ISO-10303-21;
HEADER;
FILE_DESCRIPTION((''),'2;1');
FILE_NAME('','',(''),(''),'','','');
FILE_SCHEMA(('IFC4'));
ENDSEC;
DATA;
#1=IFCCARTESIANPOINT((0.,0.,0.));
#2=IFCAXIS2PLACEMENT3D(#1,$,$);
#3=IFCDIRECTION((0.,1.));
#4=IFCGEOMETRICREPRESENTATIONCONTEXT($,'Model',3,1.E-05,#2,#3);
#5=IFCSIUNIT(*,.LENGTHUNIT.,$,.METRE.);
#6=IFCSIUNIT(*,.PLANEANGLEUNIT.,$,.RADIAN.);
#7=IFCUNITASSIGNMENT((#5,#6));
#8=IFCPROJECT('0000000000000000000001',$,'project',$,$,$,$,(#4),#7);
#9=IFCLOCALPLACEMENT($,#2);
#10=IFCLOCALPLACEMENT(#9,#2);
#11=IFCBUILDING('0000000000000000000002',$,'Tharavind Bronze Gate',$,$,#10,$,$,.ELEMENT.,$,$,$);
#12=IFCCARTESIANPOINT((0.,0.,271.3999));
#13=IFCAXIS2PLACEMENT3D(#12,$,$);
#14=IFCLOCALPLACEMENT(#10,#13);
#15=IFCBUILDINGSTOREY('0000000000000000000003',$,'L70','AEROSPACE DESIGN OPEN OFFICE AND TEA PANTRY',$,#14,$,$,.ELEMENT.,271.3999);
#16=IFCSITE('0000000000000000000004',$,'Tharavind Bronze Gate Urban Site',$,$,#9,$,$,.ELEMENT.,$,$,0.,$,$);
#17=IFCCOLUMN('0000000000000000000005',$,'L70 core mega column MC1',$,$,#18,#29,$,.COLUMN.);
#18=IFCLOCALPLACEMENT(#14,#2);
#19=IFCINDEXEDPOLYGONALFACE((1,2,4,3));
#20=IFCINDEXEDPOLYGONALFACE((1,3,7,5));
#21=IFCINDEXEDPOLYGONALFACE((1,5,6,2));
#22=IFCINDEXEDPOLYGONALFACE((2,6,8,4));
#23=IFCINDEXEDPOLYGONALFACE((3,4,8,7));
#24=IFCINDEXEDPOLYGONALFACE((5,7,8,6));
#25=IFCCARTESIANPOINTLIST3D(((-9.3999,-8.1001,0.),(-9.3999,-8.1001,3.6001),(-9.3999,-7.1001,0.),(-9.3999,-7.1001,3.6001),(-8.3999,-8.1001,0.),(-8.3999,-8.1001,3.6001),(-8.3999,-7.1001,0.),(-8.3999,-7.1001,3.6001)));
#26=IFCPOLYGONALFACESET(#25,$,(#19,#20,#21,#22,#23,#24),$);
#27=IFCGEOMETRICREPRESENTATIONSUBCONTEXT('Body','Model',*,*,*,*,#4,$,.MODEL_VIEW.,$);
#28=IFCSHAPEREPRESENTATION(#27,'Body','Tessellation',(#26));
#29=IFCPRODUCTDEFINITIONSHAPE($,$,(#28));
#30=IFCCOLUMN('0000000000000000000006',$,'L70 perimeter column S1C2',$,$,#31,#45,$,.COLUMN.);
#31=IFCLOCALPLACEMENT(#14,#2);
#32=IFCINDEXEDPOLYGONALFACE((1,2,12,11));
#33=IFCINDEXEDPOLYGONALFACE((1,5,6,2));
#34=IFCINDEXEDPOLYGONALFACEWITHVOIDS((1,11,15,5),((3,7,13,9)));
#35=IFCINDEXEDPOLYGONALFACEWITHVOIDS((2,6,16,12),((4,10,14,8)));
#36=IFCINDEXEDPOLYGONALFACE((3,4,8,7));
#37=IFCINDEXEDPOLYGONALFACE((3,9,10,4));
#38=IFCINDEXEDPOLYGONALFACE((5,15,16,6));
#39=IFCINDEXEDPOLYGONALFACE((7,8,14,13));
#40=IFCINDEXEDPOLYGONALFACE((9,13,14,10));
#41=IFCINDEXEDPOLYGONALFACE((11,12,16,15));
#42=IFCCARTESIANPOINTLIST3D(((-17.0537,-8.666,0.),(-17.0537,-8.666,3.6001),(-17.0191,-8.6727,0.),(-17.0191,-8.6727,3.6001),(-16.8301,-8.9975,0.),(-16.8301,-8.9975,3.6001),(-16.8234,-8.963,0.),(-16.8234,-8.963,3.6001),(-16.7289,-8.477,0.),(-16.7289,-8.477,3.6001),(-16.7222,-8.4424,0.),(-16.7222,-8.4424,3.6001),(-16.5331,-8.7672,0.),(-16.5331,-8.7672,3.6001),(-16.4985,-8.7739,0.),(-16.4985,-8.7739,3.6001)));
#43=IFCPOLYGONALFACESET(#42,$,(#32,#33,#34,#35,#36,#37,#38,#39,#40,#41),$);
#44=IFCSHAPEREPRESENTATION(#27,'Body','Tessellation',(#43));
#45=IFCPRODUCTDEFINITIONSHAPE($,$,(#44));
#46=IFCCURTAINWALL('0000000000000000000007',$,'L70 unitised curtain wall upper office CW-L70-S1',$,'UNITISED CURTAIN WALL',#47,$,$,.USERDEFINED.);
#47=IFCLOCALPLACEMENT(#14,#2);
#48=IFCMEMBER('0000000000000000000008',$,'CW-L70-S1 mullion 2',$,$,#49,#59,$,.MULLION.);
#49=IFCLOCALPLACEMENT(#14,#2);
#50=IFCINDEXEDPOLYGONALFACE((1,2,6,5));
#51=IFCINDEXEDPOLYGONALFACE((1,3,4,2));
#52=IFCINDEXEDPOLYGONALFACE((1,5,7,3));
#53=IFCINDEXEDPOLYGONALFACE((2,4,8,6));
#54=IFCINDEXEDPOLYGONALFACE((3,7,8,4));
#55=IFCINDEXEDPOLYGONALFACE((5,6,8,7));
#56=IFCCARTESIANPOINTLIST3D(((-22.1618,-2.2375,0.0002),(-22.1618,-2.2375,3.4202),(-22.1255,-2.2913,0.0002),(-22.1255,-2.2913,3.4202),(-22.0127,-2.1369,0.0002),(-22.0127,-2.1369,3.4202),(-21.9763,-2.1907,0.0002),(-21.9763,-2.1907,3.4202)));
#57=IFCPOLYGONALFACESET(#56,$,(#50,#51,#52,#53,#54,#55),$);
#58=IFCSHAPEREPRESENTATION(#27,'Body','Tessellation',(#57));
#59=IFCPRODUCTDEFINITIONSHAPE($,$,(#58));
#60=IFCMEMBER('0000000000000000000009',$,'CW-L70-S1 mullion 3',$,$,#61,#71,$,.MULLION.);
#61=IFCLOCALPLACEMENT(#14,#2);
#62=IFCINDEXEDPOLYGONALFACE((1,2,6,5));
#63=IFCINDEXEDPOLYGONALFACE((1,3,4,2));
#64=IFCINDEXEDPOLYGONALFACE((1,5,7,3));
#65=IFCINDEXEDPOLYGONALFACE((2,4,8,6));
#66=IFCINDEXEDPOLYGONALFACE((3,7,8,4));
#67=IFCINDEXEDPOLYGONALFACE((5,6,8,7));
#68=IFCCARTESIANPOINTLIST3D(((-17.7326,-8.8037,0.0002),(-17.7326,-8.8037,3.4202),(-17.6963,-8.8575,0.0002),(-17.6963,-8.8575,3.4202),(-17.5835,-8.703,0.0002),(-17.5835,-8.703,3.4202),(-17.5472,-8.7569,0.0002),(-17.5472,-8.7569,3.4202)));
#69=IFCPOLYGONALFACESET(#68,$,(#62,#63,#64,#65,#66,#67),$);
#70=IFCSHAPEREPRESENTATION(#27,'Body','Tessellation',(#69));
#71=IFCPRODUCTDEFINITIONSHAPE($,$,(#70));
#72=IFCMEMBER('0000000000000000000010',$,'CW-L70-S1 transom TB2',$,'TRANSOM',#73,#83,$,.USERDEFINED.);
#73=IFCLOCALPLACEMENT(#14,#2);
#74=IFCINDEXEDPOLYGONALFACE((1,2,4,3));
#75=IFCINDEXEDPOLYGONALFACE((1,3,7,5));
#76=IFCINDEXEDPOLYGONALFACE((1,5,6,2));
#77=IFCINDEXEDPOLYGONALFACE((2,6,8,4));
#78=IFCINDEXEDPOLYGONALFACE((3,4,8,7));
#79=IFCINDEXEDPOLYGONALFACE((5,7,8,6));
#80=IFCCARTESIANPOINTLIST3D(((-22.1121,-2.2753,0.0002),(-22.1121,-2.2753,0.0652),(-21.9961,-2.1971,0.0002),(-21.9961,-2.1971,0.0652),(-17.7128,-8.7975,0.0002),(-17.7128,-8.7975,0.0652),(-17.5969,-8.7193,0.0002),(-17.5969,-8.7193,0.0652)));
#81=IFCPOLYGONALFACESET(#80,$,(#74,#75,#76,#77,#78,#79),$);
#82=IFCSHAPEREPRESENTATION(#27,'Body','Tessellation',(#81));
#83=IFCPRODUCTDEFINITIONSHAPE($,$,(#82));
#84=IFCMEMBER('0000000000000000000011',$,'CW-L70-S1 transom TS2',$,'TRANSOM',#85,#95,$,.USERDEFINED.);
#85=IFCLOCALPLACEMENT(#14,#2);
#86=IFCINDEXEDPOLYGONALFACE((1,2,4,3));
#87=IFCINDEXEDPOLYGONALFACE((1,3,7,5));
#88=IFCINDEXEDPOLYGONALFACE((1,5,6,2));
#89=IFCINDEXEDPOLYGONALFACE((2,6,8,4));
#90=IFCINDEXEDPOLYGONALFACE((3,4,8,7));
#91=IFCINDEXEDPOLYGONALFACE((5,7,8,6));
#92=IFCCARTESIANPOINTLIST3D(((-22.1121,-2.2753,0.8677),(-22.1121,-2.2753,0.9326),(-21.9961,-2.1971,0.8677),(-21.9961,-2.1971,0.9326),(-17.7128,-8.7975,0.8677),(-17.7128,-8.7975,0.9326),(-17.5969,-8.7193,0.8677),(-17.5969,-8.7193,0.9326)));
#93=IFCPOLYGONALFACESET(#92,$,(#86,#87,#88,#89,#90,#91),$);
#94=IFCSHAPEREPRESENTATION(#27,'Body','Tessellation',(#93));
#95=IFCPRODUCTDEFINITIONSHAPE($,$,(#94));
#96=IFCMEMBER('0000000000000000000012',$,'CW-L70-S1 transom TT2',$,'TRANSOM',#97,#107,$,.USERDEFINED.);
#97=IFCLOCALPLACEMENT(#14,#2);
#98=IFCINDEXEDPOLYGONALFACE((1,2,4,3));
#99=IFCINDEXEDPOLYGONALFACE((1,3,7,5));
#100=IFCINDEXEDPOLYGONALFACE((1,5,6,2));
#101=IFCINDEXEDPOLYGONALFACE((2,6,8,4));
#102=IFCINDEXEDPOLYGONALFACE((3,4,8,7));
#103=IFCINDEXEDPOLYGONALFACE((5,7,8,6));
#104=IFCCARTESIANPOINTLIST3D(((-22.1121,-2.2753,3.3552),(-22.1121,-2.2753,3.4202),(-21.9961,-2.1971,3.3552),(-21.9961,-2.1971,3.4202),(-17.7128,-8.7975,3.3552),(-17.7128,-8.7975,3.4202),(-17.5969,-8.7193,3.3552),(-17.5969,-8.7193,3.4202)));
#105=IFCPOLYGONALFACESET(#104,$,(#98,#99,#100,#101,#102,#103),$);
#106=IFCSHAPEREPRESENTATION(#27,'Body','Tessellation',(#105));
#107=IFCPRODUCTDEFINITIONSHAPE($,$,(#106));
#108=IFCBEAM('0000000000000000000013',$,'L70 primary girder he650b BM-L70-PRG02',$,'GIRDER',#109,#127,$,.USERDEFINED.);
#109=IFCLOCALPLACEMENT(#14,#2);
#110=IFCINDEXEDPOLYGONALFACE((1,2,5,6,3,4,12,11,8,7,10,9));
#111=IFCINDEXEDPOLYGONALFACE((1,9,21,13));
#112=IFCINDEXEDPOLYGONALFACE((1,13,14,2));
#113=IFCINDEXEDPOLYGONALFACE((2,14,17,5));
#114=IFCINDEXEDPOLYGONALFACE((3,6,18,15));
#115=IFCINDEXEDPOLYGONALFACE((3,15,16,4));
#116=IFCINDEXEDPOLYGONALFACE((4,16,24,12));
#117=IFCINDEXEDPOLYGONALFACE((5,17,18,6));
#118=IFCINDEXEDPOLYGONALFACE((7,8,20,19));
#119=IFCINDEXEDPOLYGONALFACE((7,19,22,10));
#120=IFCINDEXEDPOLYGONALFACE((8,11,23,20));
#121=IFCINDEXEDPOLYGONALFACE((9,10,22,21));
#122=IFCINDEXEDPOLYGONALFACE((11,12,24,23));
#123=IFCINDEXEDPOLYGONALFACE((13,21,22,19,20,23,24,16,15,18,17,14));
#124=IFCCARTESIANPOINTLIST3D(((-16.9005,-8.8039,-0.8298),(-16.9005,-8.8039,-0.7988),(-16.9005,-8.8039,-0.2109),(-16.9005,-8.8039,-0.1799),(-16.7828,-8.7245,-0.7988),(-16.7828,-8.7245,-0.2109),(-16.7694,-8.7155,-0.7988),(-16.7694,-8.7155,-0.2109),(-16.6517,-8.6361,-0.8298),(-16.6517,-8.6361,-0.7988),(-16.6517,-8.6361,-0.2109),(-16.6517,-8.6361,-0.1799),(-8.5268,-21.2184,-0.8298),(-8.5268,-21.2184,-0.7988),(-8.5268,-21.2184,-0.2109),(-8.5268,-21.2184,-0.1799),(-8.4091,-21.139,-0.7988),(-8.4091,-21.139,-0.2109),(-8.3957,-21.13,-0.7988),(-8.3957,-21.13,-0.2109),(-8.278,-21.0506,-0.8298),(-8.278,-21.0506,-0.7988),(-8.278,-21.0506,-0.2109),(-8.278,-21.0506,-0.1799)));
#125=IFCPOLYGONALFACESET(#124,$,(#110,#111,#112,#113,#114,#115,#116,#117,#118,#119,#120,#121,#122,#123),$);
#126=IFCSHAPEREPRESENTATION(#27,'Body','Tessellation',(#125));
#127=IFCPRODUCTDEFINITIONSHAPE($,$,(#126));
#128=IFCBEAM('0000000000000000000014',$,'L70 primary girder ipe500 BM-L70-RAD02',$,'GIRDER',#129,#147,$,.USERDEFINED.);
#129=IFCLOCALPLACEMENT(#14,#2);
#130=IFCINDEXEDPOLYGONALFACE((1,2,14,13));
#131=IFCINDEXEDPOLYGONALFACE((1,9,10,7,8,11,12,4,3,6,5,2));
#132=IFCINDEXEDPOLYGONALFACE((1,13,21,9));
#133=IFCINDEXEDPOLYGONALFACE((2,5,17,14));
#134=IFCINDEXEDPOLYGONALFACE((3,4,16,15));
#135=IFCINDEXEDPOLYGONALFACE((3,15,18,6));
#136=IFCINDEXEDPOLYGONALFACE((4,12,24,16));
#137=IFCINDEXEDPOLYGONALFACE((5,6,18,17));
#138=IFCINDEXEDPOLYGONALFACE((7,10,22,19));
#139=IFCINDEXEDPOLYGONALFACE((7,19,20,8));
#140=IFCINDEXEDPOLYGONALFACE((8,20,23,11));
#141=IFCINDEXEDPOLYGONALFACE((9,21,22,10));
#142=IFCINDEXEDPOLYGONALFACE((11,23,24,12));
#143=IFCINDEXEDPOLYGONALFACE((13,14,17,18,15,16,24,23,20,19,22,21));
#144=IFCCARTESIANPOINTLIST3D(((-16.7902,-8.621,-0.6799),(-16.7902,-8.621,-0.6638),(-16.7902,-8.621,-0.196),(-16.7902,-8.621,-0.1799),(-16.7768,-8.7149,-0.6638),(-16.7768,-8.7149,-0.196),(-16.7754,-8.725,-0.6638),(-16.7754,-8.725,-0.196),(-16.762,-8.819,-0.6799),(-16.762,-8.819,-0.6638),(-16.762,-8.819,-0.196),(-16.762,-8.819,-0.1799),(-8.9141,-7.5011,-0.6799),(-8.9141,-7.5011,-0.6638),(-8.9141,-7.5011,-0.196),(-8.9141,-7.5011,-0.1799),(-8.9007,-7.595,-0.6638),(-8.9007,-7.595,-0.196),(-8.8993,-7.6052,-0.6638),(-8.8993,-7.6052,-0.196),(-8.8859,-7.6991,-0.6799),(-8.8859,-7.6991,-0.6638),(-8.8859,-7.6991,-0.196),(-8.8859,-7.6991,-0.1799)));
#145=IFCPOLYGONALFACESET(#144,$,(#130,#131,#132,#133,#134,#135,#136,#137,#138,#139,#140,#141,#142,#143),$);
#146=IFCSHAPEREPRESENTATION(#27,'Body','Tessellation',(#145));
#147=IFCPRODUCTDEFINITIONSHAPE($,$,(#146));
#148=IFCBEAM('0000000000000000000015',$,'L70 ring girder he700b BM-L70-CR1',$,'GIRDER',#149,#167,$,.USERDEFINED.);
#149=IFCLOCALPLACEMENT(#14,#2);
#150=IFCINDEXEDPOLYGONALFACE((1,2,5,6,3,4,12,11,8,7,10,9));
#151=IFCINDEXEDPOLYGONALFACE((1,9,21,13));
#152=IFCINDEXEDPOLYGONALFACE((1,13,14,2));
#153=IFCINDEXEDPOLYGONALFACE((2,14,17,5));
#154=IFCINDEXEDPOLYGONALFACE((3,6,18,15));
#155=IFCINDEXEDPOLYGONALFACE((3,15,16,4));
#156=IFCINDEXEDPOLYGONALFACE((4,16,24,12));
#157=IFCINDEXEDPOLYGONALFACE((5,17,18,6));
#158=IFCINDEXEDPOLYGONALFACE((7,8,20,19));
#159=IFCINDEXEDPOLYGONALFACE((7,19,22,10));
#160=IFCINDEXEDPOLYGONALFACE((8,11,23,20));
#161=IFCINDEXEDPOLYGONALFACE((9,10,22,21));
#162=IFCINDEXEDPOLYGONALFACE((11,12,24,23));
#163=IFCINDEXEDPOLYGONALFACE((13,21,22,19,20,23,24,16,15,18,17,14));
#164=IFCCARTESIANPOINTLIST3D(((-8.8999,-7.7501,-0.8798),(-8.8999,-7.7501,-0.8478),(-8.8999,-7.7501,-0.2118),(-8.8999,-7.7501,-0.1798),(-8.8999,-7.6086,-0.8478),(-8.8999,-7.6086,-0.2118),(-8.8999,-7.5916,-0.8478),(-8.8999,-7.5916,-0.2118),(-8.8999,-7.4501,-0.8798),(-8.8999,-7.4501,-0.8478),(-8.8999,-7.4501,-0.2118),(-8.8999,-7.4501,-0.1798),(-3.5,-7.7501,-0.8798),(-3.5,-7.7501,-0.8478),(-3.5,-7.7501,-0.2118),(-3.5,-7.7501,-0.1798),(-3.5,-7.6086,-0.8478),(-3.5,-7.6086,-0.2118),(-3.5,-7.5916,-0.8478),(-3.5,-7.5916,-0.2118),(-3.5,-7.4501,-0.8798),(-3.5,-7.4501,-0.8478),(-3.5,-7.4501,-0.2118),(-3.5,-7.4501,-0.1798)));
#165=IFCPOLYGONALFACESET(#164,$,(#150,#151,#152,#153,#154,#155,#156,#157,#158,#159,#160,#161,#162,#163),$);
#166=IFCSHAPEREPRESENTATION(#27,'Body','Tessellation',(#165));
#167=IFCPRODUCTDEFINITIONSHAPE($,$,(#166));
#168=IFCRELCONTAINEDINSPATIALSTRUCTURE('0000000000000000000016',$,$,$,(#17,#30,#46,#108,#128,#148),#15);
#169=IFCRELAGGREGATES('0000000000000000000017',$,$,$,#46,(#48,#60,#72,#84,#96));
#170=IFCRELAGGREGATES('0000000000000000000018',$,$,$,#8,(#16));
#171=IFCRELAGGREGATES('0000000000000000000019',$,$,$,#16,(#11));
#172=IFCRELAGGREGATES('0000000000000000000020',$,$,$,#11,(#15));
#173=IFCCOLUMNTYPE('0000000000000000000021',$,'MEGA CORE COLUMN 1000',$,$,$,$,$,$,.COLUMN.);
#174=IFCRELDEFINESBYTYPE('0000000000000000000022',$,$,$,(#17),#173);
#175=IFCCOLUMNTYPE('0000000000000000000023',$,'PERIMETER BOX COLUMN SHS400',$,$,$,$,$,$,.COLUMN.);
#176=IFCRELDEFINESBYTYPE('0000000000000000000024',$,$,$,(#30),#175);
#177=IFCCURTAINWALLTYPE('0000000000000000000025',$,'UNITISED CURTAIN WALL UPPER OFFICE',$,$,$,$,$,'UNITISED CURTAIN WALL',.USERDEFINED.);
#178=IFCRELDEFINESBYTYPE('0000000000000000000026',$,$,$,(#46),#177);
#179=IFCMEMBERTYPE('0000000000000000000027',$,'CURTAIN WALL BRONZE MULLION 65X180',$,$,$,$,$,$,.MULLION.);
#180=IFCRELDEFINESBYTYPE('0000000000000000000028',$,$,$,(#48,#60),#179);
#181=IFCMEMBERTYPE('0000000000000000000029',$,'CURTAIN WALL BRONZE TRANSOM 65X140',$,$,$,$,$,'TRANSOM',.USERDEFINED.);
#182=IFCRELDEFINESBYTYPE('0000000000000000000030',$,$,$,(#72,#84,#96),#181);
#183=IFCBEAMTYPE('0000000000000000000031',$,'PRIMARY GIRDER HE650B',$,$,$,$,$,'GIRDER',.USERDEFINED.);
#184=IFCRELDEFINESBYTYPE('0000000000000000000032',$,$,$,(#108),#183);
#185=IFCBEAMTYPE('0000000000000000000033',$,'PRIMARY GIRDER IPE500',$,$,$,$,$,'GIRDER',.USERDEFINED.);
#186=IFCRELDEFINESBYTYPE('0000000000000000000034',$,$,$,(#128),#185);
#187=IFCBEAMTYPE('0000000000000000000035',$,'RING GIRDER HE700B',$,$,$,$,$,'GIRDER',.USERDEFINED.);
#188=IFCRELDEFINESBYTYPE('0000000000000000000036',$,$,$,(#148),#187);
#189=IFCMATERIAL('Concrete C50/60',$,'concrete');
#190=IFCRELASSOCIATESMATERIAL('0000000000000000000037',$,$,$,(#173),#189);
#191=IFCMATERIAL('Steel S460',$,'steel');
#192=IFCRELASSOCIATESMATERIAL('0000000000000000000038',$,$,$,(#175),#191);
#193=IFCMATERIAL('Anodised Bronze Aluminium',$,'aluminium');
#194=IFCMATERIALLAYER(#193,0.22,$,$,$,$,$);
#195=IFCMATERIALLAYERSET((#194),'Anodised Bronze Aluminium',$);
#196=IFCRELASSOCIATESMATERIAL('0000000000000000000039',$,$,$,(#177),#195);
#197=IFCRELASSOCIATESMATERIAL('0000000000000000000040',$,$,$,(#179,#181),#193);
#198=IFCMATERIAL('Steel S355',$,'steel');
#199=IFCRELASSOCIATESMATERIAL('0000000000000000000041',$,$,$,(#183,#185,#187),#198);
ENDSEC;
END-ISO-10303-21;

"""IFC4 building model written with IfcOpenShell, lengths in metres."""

from ifc_helpers import new_model, si_unit, direction, frame, origin, origin_2d, place, context, subcontext, project, spatial, rectangle, hollow_rectangle, i_section, extrude, material, layer, layer_set, material_profile, profile_set, type_object, element, aggregate, save


model = new_model("IFC4")

# Units and contexts
model_context = context("Model", 3, precision=1e-05, world=origin(), true_north=direction((0.0, 1.0)))
body_context = subcontext(model_context, "Body", "Model", "MODEL_VIEW")
ifc_project = project(units=[si_unit("LENGTHUNIT", "METRE"), si_unit("PLANEANGLEUNIT", "RADIAN")], contexts=[model_context])

# Site, building, storey
site_placement = place(None, origin())
site = spatial("IfcSite", under=ifc_project, at=site_placement, Name="Tharavind Bronze Gate Urban Site", CompositionType="ELEMENT", RefElevation=0.0)
building_placement = place(site_placement, origin())
building = spatial("IfcBuilding", under=site, at=building_placement, Name="Tharavind Bronze Gate", CompositionType="ELEMENT")
storey_placement = place(building_placement, frame((0.0, 0.0, 271.3999)))
storey = spatial("IfcBuildingStorey", under=building, at=storey_placement, Name="L70", Description="AEROSPACE DESIGN OPEN OFFICE AND TEA PANTRY", CompositionType="ELEMENT", Elevation=271.3999)

# Columns
ifc_material_1 = material(Name="Concrete C50/60", Category="concrete")
ifc_material_profile_1 = material_profile(ifc_material_1, rectangle(XDim=1.0, YDim=1.0, at=origin_2d()), Name="RCCOL1000")
ifc_profile_set_1 = profile_set([ifc_material_profile_1], Name="Concrete C50/60")
column_type_1 = type_object("IfcColumnType", Name="MEGA CORE COLUMN 1000", PredefinedType="COLUMN", material=ifc_profile_set_1)
column_1_placement = place(storey_placement, frame((-8.8999, -7.6001, 0.0), z_axis=(0.0, 0.0, 1.0), x_axis=(1.0, 0.0, 0.0)))
element("IfcColumn", 1, at=column_1_placement, inside=storey, type_object=column_type_1, Name="L70 core mega column MC1", PredefinedType="COLUMN", context=body_context, shape_type="SweptSolid", body=[
    extrude(rectangle(XDim=1.0, YDim=1.0, at=origin_2d()), origin(), (0.0, 0.0, 1.0), 3.6001),
])
ifc_material_2 = material(Name="Steel S460", Category="steel")
ifc_material_profile_2 = material_profile(ifc_material_2, hollow_rectangle(XDim=0.3999, YDim=0.3999, WallThickness=0.0249, at=origin_2d()), Name="SHS400X25")
ifc_profile_set_2 = profile_set([ifc_material_profile_2], Name="Steel S460")
column_type_2 = type_object("IfcColumnType", Name="PERIMETER BOX COLUMN SHS400", PredefinedType="COLUMN", material=ifc_profile_set_2)
column_2_placement = place(storey_placement, frame((-16.7761, -8.72, 0.0), z_axis=(0.0, 0.0, 1.0), x_axis=(-0.559193, 0.829038, 0.0)))
element("IfcColumn", 2, at=column_2_placement, inside=storey, type_object=column_type_2, Name="L70 perimeter column S1C2", PredefinedType="COLUMN", context=body_context, shape_type="SweptSolid", body=[
    extrude(hollow_rectangle(XDim=0.3999, YDim=0.3999, WallThickness=0.0249, at=origin_2d()), origin(), (0.0, 0.0, 1.0), 3.6001),
])

# Curtain wall, members
ifc_material_3 = material(Name="Anodised Bronze Aluminium", Category="aluminium")
ifc_layer_1 = layer(ifc_material_3, 0.22)
ifc_layer_set_1 = layer_set([ifc_layer_1], Name="Anodised Bronze Aluminium")
curtain_wall_type = type_object("IfcCurtainWallType", Name="UNITISED CURTAIN WALL UPPER OFFICE", ElementType="UNITISED CURTAIN WALL", PredefinedType="USERDEFINED", material=ifc_layer_set_1)
curtain_wall_placement = place(storey_placement, origin())
curtain_wall = element("IfcCurtainWall", 3, at=curtain_wall_placement, inside=storey, type_object=curtain_wall_type, Name="L70 unitised curtain wall upper office CW-L70-S1", ObjectType="UNITISED CURTAIN WALL", PredefinedType="USERDEFINED")
member_type_1 = type_object("IfcMemberType", Name="CURTAIN WALL BRONZE MULLION 65X180", PredefinedType="MULLION", material=ifc_material_3)
member_1_placement = place(storey_placement, frame((-22.0691, -2.2141, 0.0002), z_axis=(0.0, 0.0, 1.0), x_axis=(0.559191, -0.829039, 0.0)))
member_1 = element("IfcMember", 4, at=member_1_placement, type_object=member_type_1, Name="CW-L70-S1 mullion 2", PredefinedType="MULLION", context=body_context, shape_type="SweptSolid", body=[
    extrude(rectangle(XDim=0.0649, YDim=0.1799, at=origin_2d()), origin(), (0.0, 0.0, 1.0), 3.4199),
])
member_2_placement = place(storey_placement, frame((-17.6399, -8.7803, 0.0002), z_axis=(0.0, 0.0, 1.0), x_axis=(0.559191, -0.829039, 0.0)))
member_2 = element("IfcMember", 5, at=member_2_placement, type_object=member_type_1, Name="CW-L70-S1 mullion 3", PredefinedType="MULLION", context=body_context, shape_type="SweptSolid", body=[
    extrude(rectangle(XDim=0.0649, YDim=0.1799, at=origin_2d()), origin(), (0.0, 0.0, 1.0), 3.4199),
])
member_type_2 = type_object("IfcMemberType", Name="CURTAIN WALL BRONZE TRANSOM 65X140", ElementType="TRANSOM", PredefinedType="USERDEFINED", material=ifc_material_3)
member_3_placement = place(storey_placement, frame((-19.8545, -5.4973, 0.0002), z_axis=(0.0, 0.0, 1.0), x_axis=(0.559191, -0.829039, 0.0)))
member_3 = element("IfcMember", 6, at=member_3_placement, type_object=member_type_2, Name="CW-L70-S1 transom TB2", ObjectType="TRANSOM", PredefinedType="USERDEFINED", context=body_context, shape_type="SweptSolid", body=[
    extrude(rectangle(XDim=7.8672, YDim=0.1399, at=origin_2d()), origin(), (0.0, 0.0, 1.0), 0.0649),
])
member_4_placement = place(storey_placement, frame((-19.8545, -5.4973, 0.8677), z_axis=(0.0, 0.0, 1.0), x_axis=(0.559191, -0.829039, 0.0)))
member_4 = element("IfcMember", 7, at=member_4_placement, type_object=member_type_2, Name="CW-L70-S1 transom TS2", ObjectType="TRANSOM", PredefinedType="USERDEFINED", context=body_context, shape_type="SweptSolid", body=[
    extrude(rectangle(XDim=7.8672, YDim=0.1399, at=origin_2d()), origin(), (0.0, 0.0, 1.0), 0.0649),
])
member_5_placement = place(storey_placement, frame((-19.8545, -5.4973, 3.3552), z_axis=(0.0, 0.0, 1.0), x_axis=(0.559191, -0.829039, 0.0)))
member_5 = element("IfcMember", 8, at=member_5_placement, type_object=member_type_2, Name="CW-L70-S1 transom TT2", ObjectType="TRANSOM", PredefinedType="USERDEFINED", context=body_context, shape_type="SweptSolid", body=[
    extrude(rectangle(XDim=7.8672, YDim=0.1399, at=origin_2d()), origin(), (0.0, 0.0, 1.0), 0.0649),
])

# Beams
ifc_material_4 = material(Name="Steel S355", Category="steel")
ifc_material_profile_3 = material_profile(ifc_material_4, i_section(OverallWidth=0.3, OverallDepth=0.6499, WebThickness=0.0161, FlangeThickness=0.031, at=origin_2d()), Name="HE650B")
ifc_profile_set_3 = profile_set([ifc_material_profile_3], Name="Steel S355")
beam_type_1 = type_object("IfcBeamType", Name="PRIMARY GIRDER HE650B", ElementType="GIRDER", PredefinedType="USERDEFINED", material=ifc_profile_set_3)
beam_1_placement = place(storey_placement, frame((-16.7761, -8.72, -0.5049), z_axis=(0.559196, -0.829036, 0.0), x_axis=(0.829036, 0.559196, 0.0)))
element("IfcBeam", 9, at=beam_1_placement, inside=storey, type_object=beam_type_1, Name="L70 primary girder he650b BM-L70-PRG02", ObjectType="GIRDER", PredefinedType="USERDEFINED", context=body_context, shape_type="SweptSolid", body=[
    extrude(i_section(OverallWidth=0.3, OverallDepth=0.6499, WebThickness=0.0161, FlangeThickness=0.031, at=origin_2d()), origin(), (0.0, 0.0, 1.0), 14.9746),
])
ifc_material_profile_4 = material_profile(ifc_material_4, i_section(OverallWidth=0.2, OverallDepth=0.5, WebThickness=0.0103, FlangeThickness=0.0161, at=origin_2d()), Name="IPE500")
ifc_profile_set_4 = profile_set([ifc_material_profile_4], Name="Steel S355")
beam_type_2 = type_object("IfcBeamType", Name="PRIMARY GIRDER IPE500", ElementType="GIRDER", PredefinedType="USERDEFINED", material=ifc_profile_set_4)
beam_2_placement = place(storey_placement, frame((-16.7761, -8.72, -0.4299), z_axis=(0.990043, 0.140768, 0.0), x_axis=(-0.140768, 0.990043, 0.0)))
element("IfcBeam", 10, at=beam_2_placement, inside=storey, type_object=beam_type_2, Name="L70 primary girder ipe500 BM-L70-RAD02", ObjectType="GIRDER", PredefinedType="USERDEFINED", context=body_context, shape_type="SweptSolid", body=[
    extrude(i_section(OverallWidth=0.2, OverallDepth=0.5, WebThickness=0.0103, FlangeThickness=0.0161, at=origin_2d()), origin(), (0.0, 0.0, 1.0), 7.9553),
])
ifc_material_profile_5 = material_profile(ifc_material_4, i_section(OverallWidth=0.3, OverallDepth=0.7, WebThickness=0.0171, FlangeThickness=0.032, at=origin_2d()), Name="HE700B")
ifc_profile_set_5 = profile_set([ifc_material_profile_5], Name="Steel S355")
beam_type_3 = type_object("IfcBeamType", Name="RING GIRDER HE700B", ElementType="GIRDER", PredefinedType="USERDEFINED", material=ifc_profile_set_5)
beam_3_placement = place(storey_placement, frame((-8.8999, -7.6001, -0.5298), z_axis=(1.0, 0.0, 0.0), x_axis=(0.0, 1.0, 0.0)))
element("IfcBeam", 11, at=beam_3_placement, inside=storey, type_object=beam_type_3, Name="L70 ring girder he700b BM-L70-CR1", ObjectType="GIRDER", PredefinedType="USERDEFINED", context=body_context, shape_type="SweptSolid", body=[
    extrude(i_section(OverallWidth=0.3, OverallDepth=0.7, WebThickness=0.0171, FlangeThickness=0.032, at=origin_2d()), origin(), (0.0, 0.0, 1.0), 5.3999),
])

aggregate(curtain_wall, [member_1, member_2, member_3, member_4, member_5])

save(model, "model.ifc")
